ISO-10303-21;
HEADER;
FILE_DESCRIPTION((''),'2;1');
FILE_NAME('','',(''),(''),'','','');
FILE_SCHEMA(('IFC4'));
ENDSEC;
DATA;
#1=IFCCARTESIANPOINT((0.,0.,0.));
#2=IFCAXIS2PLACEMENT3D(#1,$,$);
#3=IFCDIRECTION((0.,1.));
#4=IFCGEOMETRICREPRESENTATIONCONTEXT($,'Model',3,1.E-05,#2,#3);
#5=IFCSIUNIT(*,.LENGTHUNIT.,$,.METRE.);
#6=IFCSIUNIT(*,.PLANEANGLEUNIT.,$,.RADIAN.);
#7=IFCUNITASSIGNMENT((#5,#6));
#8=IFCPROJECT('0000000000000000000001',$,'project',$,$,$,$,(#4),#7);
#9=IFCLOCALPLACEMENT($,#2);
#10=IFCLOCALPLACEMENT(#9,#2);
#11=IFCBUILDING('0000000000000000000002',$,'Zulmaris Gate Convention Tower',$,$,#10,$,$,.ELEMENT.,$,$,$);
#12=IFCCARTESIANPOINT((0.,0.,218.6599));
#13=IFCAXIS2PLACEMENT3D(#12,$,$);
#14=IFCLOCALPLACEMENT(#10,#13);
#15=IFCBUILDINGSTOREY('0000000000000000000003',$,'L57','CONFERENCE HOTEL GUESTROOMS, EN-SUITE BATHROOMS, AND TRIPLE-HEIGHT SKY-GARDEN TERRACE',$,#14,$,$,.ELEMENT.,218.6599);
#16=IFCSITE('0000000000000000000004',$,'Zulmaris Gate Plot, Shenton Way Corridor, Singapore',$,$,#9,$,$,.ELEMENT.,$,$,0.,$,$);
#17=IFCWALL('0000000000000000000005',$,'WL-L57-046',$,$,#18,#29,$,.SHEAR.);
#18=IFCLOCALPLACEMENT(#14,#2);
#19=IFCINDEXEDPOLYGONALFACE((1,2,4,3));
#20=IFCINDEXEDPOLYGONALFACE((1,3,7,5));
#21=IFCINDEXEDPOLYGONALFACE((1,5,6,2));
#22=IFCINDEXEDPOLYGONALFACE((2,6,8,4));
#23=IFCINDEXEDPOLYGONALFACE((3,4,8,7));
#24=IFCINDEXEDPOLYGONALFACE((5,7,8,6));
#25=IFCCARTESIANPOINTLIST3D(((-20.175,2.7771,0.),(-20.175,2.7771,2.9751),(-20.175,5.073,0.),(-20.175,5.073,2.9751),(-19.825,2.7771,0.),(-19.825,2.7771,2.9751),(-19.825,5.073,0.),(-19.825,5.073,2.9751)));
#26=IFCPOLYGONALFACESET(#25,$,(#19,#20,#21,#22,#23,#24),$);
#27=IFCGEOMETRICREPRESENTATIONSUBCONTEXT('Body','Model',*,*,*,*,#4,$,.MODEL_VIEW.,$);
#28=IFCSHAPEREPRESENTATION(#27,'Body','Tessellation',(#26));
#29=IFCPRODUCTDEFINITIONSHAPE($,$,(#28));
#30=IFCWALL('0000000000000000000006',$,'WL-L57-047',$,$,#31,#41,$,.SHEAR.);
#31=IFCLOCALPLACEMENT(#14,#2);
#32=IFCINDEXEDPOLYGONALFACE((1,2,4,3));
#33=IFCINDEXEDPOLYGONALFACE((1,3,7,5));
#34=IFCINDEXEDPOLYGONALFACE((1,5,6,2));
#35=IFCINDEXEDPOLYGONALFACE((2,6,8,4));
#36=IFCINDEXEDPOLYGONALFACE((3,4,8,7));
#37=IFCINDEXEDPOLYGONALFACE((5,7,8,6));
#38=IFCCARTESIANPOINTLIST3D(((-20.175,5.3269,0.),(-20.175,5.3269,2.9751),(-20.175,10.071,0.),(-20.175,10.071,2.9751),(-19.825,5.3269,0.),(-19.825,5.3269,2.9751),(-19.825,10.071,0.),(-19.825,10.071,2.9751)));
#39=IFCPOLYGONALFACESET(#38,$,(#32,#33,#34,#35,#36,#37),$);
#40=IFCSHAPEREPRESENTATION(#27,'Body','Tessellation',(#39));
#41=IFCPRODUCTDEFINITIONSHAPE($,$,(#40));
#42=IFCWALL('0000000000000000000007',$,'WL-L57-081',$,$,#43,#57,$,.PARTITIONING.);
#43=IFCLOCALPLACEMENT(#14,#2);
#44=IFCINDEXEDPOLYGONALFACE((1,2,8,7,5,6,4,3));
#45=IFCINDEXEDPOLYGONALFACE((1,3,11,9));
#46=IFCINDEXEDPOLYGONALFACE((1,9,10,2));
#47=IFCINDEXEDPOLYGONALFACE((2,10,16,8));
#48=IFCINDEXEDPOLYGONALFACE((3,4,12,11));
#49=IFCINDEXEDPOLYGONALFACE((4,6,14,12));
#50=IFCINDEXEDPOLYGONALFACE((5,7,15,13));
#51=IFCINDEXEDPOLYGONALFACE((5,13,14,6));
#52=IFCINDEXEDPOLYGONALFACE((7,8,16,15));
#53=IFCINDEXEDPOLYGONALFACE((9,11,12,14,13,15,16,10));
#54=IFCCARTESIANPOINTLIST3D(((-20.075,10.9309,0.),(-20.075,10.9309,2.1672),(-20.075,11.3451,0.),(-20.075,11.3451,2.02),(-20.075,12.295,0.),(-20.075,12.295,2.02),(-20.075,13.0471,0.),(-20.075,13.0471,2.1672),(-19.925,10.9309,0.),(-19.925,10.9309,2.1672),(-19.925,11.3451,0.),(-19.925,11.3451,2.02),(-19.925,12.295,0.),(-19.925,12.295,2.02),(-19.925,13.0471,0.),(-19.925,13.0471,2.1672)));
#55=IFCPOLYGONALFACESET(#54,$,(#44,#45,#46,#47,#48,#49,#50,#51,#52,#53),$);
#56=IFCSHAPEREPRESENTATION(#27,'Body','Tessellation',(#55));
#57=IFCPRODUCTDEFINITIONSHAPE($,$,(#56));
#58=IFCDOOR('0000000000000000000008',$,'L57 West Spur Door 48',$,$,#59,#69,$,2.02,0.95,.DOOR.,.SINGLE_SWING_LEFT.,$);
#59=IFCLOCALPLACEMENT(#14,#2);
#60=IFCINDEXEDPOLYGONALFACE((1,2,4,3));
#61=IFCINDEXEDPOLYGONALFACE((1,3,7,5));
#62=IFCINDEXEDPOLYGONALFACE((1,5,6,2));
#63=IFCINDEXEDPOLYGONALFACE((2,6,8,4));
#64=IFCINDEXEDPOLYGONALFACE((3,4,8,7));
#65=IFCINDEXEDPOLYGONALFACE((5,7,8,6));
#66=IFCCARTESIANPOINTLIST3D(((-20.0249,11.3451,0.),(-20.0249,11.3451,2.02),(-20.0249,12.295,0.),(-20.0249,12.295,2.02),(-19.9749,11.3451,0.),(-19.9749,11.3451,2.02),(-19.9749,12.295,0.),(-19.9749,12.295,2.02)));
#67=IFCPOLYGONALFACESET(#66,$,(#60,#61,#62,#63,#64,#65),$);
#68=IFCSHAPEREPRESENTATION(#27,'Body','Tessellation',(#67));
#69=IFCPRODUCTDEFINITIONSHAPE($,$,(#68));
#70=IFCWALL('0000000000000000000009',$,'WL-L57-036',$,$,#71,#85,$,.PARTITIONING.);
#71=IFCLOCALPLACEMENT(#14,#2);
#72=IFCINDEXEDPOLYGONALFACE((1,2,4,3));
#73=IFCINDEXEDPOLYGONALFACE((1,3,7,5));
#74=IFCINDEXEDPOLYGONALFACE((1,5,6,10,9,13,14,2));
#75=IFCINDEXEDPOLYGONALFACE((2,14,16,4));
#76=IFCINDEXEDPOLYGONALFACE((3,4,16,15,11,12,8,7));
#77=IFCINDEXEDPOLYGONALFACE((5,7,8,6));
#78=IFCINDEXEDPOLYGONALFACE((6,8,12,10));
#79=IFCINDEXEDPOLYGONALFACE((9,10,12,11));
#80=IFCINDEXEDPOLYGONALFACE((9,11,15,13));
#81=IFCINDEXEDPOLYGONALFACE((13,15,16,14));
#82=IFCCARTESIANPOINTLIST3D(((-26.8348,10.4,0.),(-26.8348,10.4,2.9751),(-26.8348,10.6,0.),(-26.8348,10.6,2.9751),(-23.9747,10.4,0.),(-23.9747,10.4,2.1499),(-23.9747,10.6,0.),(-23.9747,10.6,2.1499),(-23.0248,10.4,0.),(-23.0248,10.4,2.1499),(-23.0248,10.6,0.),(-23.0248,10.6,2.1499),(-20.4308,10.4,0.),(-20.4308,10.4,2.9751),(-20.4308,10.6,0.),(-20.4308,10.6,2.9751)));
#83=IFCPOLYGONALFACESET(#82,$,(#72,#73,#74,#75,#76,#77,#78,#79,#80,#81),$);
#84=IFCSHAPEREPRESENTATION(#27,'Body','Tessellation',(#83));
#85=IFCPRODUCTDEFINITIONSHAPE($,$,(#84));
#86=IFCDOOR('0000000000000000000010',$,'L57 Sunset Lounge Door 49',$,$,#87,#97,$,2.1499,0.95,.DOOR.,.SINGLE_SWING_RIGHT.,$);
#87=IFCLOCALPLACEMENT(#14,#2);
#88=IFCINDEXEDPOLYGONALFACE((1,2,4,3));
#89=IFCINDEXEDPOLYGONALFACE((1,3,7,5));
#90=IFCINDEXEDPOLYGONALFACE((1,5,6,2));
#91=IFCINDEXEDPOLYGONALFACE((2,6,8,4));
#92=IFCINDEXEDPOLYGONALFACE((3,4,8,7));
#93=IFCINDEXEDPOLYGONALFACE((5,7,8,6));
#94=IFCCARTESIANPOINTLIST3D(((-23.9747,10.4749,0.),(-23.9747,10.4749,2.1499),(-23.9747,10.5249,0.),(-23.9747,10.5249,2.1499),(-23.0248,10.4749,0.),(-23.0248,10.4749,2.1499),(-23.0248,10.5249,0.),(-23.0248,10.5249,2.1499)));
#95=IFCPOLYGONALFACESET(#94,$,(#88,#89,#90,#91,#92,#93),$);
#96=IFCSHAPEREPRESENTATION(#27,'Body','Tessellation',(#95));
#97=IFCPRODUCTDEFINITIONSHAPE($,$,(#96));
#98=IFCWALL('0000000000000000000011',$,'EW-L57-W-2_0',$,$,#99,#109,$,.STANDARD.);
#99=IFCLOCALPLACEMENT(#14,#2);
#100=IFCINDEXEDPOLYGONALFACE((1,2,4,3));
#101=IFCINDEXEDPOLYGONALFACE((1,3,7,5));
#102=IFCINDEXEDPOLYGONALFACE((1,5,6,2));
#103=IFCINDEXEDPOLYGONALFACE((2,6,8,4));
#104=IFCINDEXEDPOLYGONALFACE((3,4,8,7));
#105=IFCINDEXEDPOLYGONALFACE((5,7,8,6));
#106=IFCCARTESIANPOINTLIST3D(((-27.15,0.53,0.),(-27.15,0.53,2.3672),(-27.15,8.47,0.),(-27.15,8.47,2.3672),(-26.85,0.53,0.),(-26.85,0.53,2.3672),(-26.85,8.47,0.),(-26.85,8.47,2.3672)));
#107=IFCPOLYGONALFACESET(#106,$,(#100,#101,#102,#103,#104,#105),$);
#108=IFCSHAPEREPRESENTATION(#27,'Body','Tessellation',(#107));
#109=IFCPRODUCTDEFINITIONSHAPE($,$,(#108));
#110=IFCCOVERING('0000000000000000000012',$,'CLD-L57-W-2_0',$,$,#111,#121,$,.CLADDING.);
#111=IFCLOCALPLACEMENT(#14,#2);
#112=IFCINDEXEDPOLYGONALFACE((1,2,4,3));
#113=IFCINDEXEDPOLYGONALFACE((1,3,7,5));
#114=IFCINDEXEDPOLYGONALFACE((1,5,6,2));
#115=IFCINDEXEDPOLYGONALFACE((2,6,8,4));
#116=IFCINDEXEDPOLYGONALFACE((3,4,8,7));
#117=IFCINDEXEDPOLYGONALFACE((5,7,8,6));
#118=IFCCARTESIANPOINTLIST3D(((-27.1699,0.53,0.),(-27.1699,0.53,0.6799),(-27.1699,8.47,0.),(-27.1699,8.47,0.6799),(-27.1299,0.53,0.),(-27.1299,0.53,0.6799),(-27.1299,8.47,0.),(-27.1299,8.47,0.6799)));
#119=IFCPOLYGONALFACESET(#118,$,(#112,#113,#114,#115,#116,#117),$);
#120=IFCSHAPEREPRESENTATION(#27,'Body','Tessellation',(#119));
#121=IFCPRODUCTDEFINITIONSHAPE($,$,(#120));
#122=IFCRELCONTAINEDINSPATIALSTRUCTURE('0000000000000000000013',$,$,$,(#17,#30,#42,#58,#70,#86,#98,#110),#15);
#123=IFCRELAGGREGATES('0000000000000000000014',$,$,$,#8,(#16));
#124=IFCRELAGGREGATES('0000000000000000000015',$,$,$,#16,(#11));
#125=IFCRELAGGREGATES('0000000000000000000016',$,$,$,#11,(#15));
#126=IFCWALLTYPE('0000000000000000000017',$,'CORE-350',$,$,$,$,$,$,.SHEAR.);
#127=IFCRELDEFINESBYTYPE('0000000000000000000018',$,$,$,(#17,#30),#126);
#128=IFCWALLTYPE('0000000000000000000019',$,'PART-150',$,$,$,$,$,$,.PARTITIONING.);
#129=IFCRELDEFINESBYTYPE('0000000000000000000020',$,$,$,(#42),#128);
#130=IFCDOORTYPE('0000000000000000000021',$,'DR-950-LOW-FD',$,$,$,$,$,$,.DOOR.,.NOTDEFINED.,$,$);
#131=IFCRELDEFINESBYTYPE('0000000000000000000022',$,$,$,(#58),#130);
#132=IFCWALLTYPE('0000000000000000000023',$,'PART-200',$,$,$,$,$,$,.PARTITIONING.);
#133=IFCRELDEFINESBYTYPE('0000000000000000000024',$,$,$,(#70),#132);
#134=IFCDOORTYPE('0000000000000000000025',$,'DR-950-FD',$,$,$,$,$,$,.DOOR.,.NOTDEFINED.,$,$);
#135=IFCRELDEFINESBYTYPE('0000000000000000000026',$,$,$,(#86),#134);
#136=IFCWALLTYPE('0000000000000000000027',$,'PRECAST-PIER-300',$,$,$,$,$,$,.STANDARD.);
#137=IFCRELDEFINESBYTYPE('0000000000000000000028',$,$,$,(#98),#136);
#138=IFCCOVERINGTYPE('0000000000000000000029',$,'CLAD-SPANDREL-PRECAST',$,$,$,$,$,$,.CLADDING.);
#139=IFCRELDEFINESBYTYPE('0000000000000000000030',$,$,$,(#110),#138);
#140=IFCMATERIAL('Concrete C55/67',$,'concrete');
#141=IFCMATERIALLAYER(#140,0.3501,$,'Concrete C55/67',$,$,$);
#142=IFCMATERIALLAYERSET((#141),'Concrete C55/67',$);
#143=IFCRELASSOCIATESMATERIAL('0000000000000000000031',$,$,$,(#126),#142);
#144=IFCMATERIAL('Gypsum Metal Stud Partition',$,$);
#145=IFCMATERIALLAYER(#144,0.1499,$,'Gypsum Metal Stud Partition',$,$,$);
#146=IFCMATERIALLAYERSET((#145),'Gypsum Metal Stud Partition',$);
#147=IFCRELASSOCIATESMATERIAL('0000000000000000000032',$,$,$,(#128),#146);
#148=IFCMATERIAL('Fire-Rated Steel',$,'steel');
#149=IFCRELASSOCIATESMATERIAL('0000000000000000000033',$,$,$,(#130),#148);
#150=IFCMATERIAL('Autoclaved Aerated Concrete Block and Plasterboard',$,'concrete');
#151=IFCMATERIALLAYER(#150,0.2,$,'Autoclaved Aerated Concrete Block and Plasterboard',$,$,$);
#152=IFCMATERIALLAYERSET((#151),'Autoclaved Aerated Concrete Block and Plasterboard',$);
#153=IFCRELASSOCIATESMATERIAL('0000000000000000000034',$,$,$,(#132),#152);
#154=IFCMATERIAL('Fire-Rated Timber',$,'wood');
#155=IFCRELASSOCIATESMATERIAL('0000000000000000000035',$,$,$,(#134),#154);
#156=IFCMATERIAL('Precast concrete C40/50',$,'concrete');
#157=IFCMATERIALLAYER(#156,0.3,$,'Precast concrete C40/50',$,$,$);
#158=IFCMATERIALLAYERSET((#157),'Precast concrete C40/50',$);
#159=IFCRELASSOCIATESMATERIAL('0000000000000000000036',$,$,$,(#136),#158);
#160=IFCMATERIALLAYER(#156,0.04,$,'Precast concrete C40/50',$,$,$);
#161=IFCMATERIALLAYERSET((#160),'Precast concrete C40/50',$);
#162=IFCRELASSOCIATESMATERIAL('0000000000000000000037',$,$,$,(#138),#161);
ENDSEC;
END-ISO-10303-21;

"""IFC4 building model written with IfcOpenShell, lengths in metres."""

from ifc_helpers import new_model, si_unit, direction, frame, frame_2d, origin, place, context, subcontext, project, spatial, rectangle, extrude, material, layer, layer_set, type_object, element, fill, save


model = new_model("IFC4")

# Units and contexts
model_context = context("Model", 3, precision=1e-05, world=origin(), true_north=direction((0.0, 1.0)))
body_context = subcontext(model_context, "Body", "Model", "MODEL_VIEW")
ifc_project = project(units=[si_unit("LENGTHUNIT", "METRE"), si_unit("PLANEANGLEUNIT", "RADIAN")], contexts=[model_context])

# Site, building, storey
site_placement = place(None, origin())
site = spatial("IfcSite", under=ifc_project, at=site_placement, Name="Zulmaris Gate Plot, Shenton Way Corridor, Singapore", CompositionType="ELEMENT", RefElevation=0.0)
building_placement = place(site_placement, origin())
building = spatial("IfcBuilding", under=site, at=building_placement, Name="Zulmaris Gate Convention Tower", CompositionType="ELEMENT")
storey_placement = place(building_placement, frame((0.0, 0.0, 218.6599)))
storey = spatial("IfcBuildingStorey", under=building, at=storey_placement, Name="L57", Description="CONFERENCE HOTEL GUESTROOMS, EN-SUITE BATHROOMS, AND TRIPLE-HEIGHT SKY-GARDEN TERRACE", CompositionType="ELEMENT", Elevation=218.6599)

# Walls
ifc_material_1 = material(Name="Concrete C55/67", Category="concrete")
ifc_layer_1 = layer(ifc_material_1, 0.3501, Name="Concrete C55/67")
ifc_layer_set_1 = layer_set([ifc_layer_1], Name="Concrete C55/67")
wall_type_1 = type_object("IfcWallType", Name="CORE-350", PredefinedType="SHEAR", material=ifc_layer_set_1)
wall_1_placement = place(storey_placement, frame((-20.0, 2.7771, 0.0), z_axis=(0.0, 0.0, 1.0), x_axis=(0.0, 1.0, 0.0)))
element("IfcWall", 1, at=wall_1_placement, inside=storey, type_object=wall_type_1, Name="WL-L57-046", PredefinedType="SHEAR", context=body_context, shape_type="SweptSolid", body=[
    extrude(rectangle(XDim=2.2959, YDim=0.3501, at=frame_2d((1.1479, 0.0))), origin(), (0.0, 0.0, 1.0), 2.9751),
])
wall_2_placement = place(storey_placement, frame((-20.0, 5.3269, 0.0), z_axis=(0.0, 0.0, 1.0), x_axis=(0.0, 1.0, 0.0)))
element("IfcWall", 2, at=wall_2_placement, inside=storey, type_object=wall_type_1, Name="WL-L57-047", PredefinedType="SHEAR", context=body_context, shape_type="SweptSolid", body=[
    extrude(rectangle(XDim=4.7441, YDim=0.3501, at=frame_2d((2.3721, 0.0))), origin(), (0.0, 0.0, 1.0), 2.9751),
])

# Walls, openings, doors
ifc_material_2 = material(Name="Gypsum Metal Stud Partition")
ifc_layer_2 = layer(ifc_material_2, 0.1499, Name="Gypsum Metal Stud Partition")
ifc_layer_set_2 = layer_set([ifc_layer_2], Name="Gypsum Metal Stud Partition")
wall_type_2 = type_object("IfcWallType", Name="PART-150", PredefinedType="PARTITIONING", material=ifc_layer_set_2)
wall_3_placement = place(storey_placement, frame((-20.0, 10.9309, 0.0), z_axis=(0.0, 0.0, 1.0), x_axis=(0.0, 1.0, 0.0)))
wall_3 = element("IfcWall", 3, at=wall_3_placement, inside=storey, type_object=wall_type_2, Name="WL-L57-081", PredefinedType="PARTITIONING", context=body_context, shape_type="SweptSolid", body=[
    extrude(rectangle(XDim=2.1162, YDim=0.1499, at=frame_2d((1.0581, 0.0))), origin(), (0.0, 0.0, 1.0), 2.1672),
])
opening_1_placement = place(wall_3_placement, frame((0.4141, 0.0, 0.0)))
opening_1 = element("IfcOpeningElement", 4, at=opening_1_placement, cuts=wall_3, PredefinedType="OPENING", context=body_context, shape_type="SweptSolid", body=[
    extrude(rectangle(XDim=0.95, YDim=2.02, at=frame_2d((0.4751, 1.01))), frame((0.0, 0.085, 0.0), z_axis=(0.0, -1.0, 0.0), x_axis=(1.0, 0.0, 0.0)), (0.0, 0.0, 1.0), 0.1699),
])
ifc_material_3 = material(Name="Fire-Rated Steel", Category="steel")
door_type_1 = type_object("IfcDoorType", Name="DR-950-LOW-FD", OperationType="NOTDEFINED", PredefinedType="DOOR", material=ifc_material_3)
door_1_placement = place(opening_1_placement, origin())
door_1 = element("IfcDoor", 5, at=door_1_placement, inside=storey, type_object=door_type_1, Name="L57 West Spur Door 48", OperationType="SINGLE_SWING_LEFT", OverallHeight=2.02, OverallWidth=0.95, PredefinedType="DOOR", context=body_context, shape_type="SweptSolid", body=[
    extrude(rectangle(XDim=0.95, YDim=2.02, at=frame_2d((0.4751, 1.01))), frame((0.0, 0.0249, 0.0), z_axis=(0.0, -1.0, 0.0), x_axis=(1.0, 0.0, 0.0)), (0.0, 0.0, 1.0), 0.05),
])
fill(opening_1, door_1)
ifc_material_4 = material(Name="Autoclaved Aerated Concrete Block and Plasterboard", Category="concrete")
ifc_layer_3 = layer(ifc_material_4, 0.2, Name="Autoclaved Aerated Concrete Block and Plasterboard")
ifc_layer_set_3 = layer_set([ifc_layer_3], Name="Autoclaved Aerated Concrete Block and Plasterboard")
wall_type_3 = type_object("IfcWallType", Name="PART-200", PredefinedType="PARTITIONING", material=ifc_layer_set_3)
wall_4_placement = place(storey_placement, frame((-26.835, 10.5, 0.0), z_axis=(0.0, 0.0, 1.0), x_axis=(1.0, 0.0, 0.0)))
wall_4 = element("IfcWall", 6, at=wall_4_placement, inside=storey, type_object=wall_type_3, Name="WL-L57-036", PredefinedType="PARTITIONING", context=body_context, shape_type="SweptSolid", body=[
    extrude(rectangle(XDim=6.4041, YDim=0.2, at=frame_2d((3.2021, 0.0))), origin(), (0.0, 0.0, 1.0), 2.9751),
])
opening_2_placement = place(wall_4_placement, frame((2.8601, 0.0, 0.0)))
opening_2 = element("IfcOpeningElement", 7, at=opening_2_placement, cuts=wall_4, PredefinedType="OPENING", context=body_context, shape_type="SweptSolid", body=[
    extrude(rectangle(XDim=0.95, YDim=2.1499, at=frame_2d((0.4751, 1.075))), frame((0.0, 0.1099, 0.0), z_axis=(0.0, -1.0, 0.0), x_axis=(1.0, 0.0, 0.0)), (0.0, 0.0, 1.0), 0.22),
])
ifc_material_5 = material(Name="Fire-Rated Timber", Category="wood")
door_type_2 = type_object("IfcDoorType", Name="DR-950-FD", OperationType="NOTDEFINED", PredefinedType="DOOR", material=ifc_material_5)
door_2_placement = place(opening_2_placement, origin())
door_2 = element("IfcDoor", 8, at=door_2_placement, inside=storey, type_object=door_type_2, Name="L57 Sunset Lounge Door 49", OperationType="SINGLE_SWING_RIGHT", OverallHeight=2.1499, OverallWidth=0.95, PredefinedType="DOOR", context=body_context, shape_type="SweptSolid", body=[
    extrude(rectangle(XDim=0.95, YDim=2.1499, at=frame_2d((0.4751, 1.075))), frame((0.0, 0.0249, 0.0), z_axis=(0.0, -1.0, 0.0), x_axis=(1.0, 0.0, 0.0)), (0.0, 0.0, 1.0), 0.05),
])
fill(opening_2, door_2)

# Wall
ifc_material_6 = material(Name="Precast concrete C40/50", Category="concrete")
ifc_layer_4 = layer(ifc_material_6, 0.3, Name="Precast concrete C40/50")
ifc_layer_set_4 = layer_set([ifc_layer_4], Name="Precast concrete C40/50")
wall_type_4 = type_object("IfcWallType", Name="PRECAST-PIER-300", PredefinedType="STANDARD", material=ifc_layer_set_4)
wall_5_placement = place(storey_placement, frame((-27.0, 8.47, 0.0), z_axis=(0.0, 0.0, 1.0), x_axis=(0.0, -1.0, 0.0)))
element("IfcWall", 9, at=wall_5_placement, inside=storey, type_object=wall_type_4, Name="EW-L57-W-2_0", PredefinedType="STANDARD", context=body_context, shape_type="SweptSolid", body=[
    extrude(rectangle(XDim=7.9399, YDim=0.3, at=frame_2d((3.97, 0.0))), origin(), (0.0, 0.0, 1.0), 2.3672),
])

# Covering
ifc_layer_5 = layer(ifc_material_6, 0.04, Name="Precast concrete C40/50")
ifc_layer_set_5 = layer_set([ifc_layer_5], Name="Precast concrete C40/50")
covering_type = type_object("IfcCoveringType", Name="CLAD-SPANDREL-PRECAST", PredefinedType="CLADDING", material=ifc_layer_set_5)
covering_placement = place(storey_placement, frame((-27.1499, 8.47, 0.0), z_axis=(0.0, 0.0, 1.0), x_axis=(0.0, -1.0, 0.0)))
element("IfcCovering", 10, at=covering_placement, inside=storey, type_object=covering_type, Name="CLD-L57-W-2_0", PredefinedType="CLADDING", context=body_context, shape_type="SweptSolid", body=[
    extrude(rectangle(XDim=7.9399, YDim=0.04, at=frame_2d((3.97, 0.0))), origin(), (0.0, 0.0, 1.0), 0.6799),
])

save(model, "model.ifc")
